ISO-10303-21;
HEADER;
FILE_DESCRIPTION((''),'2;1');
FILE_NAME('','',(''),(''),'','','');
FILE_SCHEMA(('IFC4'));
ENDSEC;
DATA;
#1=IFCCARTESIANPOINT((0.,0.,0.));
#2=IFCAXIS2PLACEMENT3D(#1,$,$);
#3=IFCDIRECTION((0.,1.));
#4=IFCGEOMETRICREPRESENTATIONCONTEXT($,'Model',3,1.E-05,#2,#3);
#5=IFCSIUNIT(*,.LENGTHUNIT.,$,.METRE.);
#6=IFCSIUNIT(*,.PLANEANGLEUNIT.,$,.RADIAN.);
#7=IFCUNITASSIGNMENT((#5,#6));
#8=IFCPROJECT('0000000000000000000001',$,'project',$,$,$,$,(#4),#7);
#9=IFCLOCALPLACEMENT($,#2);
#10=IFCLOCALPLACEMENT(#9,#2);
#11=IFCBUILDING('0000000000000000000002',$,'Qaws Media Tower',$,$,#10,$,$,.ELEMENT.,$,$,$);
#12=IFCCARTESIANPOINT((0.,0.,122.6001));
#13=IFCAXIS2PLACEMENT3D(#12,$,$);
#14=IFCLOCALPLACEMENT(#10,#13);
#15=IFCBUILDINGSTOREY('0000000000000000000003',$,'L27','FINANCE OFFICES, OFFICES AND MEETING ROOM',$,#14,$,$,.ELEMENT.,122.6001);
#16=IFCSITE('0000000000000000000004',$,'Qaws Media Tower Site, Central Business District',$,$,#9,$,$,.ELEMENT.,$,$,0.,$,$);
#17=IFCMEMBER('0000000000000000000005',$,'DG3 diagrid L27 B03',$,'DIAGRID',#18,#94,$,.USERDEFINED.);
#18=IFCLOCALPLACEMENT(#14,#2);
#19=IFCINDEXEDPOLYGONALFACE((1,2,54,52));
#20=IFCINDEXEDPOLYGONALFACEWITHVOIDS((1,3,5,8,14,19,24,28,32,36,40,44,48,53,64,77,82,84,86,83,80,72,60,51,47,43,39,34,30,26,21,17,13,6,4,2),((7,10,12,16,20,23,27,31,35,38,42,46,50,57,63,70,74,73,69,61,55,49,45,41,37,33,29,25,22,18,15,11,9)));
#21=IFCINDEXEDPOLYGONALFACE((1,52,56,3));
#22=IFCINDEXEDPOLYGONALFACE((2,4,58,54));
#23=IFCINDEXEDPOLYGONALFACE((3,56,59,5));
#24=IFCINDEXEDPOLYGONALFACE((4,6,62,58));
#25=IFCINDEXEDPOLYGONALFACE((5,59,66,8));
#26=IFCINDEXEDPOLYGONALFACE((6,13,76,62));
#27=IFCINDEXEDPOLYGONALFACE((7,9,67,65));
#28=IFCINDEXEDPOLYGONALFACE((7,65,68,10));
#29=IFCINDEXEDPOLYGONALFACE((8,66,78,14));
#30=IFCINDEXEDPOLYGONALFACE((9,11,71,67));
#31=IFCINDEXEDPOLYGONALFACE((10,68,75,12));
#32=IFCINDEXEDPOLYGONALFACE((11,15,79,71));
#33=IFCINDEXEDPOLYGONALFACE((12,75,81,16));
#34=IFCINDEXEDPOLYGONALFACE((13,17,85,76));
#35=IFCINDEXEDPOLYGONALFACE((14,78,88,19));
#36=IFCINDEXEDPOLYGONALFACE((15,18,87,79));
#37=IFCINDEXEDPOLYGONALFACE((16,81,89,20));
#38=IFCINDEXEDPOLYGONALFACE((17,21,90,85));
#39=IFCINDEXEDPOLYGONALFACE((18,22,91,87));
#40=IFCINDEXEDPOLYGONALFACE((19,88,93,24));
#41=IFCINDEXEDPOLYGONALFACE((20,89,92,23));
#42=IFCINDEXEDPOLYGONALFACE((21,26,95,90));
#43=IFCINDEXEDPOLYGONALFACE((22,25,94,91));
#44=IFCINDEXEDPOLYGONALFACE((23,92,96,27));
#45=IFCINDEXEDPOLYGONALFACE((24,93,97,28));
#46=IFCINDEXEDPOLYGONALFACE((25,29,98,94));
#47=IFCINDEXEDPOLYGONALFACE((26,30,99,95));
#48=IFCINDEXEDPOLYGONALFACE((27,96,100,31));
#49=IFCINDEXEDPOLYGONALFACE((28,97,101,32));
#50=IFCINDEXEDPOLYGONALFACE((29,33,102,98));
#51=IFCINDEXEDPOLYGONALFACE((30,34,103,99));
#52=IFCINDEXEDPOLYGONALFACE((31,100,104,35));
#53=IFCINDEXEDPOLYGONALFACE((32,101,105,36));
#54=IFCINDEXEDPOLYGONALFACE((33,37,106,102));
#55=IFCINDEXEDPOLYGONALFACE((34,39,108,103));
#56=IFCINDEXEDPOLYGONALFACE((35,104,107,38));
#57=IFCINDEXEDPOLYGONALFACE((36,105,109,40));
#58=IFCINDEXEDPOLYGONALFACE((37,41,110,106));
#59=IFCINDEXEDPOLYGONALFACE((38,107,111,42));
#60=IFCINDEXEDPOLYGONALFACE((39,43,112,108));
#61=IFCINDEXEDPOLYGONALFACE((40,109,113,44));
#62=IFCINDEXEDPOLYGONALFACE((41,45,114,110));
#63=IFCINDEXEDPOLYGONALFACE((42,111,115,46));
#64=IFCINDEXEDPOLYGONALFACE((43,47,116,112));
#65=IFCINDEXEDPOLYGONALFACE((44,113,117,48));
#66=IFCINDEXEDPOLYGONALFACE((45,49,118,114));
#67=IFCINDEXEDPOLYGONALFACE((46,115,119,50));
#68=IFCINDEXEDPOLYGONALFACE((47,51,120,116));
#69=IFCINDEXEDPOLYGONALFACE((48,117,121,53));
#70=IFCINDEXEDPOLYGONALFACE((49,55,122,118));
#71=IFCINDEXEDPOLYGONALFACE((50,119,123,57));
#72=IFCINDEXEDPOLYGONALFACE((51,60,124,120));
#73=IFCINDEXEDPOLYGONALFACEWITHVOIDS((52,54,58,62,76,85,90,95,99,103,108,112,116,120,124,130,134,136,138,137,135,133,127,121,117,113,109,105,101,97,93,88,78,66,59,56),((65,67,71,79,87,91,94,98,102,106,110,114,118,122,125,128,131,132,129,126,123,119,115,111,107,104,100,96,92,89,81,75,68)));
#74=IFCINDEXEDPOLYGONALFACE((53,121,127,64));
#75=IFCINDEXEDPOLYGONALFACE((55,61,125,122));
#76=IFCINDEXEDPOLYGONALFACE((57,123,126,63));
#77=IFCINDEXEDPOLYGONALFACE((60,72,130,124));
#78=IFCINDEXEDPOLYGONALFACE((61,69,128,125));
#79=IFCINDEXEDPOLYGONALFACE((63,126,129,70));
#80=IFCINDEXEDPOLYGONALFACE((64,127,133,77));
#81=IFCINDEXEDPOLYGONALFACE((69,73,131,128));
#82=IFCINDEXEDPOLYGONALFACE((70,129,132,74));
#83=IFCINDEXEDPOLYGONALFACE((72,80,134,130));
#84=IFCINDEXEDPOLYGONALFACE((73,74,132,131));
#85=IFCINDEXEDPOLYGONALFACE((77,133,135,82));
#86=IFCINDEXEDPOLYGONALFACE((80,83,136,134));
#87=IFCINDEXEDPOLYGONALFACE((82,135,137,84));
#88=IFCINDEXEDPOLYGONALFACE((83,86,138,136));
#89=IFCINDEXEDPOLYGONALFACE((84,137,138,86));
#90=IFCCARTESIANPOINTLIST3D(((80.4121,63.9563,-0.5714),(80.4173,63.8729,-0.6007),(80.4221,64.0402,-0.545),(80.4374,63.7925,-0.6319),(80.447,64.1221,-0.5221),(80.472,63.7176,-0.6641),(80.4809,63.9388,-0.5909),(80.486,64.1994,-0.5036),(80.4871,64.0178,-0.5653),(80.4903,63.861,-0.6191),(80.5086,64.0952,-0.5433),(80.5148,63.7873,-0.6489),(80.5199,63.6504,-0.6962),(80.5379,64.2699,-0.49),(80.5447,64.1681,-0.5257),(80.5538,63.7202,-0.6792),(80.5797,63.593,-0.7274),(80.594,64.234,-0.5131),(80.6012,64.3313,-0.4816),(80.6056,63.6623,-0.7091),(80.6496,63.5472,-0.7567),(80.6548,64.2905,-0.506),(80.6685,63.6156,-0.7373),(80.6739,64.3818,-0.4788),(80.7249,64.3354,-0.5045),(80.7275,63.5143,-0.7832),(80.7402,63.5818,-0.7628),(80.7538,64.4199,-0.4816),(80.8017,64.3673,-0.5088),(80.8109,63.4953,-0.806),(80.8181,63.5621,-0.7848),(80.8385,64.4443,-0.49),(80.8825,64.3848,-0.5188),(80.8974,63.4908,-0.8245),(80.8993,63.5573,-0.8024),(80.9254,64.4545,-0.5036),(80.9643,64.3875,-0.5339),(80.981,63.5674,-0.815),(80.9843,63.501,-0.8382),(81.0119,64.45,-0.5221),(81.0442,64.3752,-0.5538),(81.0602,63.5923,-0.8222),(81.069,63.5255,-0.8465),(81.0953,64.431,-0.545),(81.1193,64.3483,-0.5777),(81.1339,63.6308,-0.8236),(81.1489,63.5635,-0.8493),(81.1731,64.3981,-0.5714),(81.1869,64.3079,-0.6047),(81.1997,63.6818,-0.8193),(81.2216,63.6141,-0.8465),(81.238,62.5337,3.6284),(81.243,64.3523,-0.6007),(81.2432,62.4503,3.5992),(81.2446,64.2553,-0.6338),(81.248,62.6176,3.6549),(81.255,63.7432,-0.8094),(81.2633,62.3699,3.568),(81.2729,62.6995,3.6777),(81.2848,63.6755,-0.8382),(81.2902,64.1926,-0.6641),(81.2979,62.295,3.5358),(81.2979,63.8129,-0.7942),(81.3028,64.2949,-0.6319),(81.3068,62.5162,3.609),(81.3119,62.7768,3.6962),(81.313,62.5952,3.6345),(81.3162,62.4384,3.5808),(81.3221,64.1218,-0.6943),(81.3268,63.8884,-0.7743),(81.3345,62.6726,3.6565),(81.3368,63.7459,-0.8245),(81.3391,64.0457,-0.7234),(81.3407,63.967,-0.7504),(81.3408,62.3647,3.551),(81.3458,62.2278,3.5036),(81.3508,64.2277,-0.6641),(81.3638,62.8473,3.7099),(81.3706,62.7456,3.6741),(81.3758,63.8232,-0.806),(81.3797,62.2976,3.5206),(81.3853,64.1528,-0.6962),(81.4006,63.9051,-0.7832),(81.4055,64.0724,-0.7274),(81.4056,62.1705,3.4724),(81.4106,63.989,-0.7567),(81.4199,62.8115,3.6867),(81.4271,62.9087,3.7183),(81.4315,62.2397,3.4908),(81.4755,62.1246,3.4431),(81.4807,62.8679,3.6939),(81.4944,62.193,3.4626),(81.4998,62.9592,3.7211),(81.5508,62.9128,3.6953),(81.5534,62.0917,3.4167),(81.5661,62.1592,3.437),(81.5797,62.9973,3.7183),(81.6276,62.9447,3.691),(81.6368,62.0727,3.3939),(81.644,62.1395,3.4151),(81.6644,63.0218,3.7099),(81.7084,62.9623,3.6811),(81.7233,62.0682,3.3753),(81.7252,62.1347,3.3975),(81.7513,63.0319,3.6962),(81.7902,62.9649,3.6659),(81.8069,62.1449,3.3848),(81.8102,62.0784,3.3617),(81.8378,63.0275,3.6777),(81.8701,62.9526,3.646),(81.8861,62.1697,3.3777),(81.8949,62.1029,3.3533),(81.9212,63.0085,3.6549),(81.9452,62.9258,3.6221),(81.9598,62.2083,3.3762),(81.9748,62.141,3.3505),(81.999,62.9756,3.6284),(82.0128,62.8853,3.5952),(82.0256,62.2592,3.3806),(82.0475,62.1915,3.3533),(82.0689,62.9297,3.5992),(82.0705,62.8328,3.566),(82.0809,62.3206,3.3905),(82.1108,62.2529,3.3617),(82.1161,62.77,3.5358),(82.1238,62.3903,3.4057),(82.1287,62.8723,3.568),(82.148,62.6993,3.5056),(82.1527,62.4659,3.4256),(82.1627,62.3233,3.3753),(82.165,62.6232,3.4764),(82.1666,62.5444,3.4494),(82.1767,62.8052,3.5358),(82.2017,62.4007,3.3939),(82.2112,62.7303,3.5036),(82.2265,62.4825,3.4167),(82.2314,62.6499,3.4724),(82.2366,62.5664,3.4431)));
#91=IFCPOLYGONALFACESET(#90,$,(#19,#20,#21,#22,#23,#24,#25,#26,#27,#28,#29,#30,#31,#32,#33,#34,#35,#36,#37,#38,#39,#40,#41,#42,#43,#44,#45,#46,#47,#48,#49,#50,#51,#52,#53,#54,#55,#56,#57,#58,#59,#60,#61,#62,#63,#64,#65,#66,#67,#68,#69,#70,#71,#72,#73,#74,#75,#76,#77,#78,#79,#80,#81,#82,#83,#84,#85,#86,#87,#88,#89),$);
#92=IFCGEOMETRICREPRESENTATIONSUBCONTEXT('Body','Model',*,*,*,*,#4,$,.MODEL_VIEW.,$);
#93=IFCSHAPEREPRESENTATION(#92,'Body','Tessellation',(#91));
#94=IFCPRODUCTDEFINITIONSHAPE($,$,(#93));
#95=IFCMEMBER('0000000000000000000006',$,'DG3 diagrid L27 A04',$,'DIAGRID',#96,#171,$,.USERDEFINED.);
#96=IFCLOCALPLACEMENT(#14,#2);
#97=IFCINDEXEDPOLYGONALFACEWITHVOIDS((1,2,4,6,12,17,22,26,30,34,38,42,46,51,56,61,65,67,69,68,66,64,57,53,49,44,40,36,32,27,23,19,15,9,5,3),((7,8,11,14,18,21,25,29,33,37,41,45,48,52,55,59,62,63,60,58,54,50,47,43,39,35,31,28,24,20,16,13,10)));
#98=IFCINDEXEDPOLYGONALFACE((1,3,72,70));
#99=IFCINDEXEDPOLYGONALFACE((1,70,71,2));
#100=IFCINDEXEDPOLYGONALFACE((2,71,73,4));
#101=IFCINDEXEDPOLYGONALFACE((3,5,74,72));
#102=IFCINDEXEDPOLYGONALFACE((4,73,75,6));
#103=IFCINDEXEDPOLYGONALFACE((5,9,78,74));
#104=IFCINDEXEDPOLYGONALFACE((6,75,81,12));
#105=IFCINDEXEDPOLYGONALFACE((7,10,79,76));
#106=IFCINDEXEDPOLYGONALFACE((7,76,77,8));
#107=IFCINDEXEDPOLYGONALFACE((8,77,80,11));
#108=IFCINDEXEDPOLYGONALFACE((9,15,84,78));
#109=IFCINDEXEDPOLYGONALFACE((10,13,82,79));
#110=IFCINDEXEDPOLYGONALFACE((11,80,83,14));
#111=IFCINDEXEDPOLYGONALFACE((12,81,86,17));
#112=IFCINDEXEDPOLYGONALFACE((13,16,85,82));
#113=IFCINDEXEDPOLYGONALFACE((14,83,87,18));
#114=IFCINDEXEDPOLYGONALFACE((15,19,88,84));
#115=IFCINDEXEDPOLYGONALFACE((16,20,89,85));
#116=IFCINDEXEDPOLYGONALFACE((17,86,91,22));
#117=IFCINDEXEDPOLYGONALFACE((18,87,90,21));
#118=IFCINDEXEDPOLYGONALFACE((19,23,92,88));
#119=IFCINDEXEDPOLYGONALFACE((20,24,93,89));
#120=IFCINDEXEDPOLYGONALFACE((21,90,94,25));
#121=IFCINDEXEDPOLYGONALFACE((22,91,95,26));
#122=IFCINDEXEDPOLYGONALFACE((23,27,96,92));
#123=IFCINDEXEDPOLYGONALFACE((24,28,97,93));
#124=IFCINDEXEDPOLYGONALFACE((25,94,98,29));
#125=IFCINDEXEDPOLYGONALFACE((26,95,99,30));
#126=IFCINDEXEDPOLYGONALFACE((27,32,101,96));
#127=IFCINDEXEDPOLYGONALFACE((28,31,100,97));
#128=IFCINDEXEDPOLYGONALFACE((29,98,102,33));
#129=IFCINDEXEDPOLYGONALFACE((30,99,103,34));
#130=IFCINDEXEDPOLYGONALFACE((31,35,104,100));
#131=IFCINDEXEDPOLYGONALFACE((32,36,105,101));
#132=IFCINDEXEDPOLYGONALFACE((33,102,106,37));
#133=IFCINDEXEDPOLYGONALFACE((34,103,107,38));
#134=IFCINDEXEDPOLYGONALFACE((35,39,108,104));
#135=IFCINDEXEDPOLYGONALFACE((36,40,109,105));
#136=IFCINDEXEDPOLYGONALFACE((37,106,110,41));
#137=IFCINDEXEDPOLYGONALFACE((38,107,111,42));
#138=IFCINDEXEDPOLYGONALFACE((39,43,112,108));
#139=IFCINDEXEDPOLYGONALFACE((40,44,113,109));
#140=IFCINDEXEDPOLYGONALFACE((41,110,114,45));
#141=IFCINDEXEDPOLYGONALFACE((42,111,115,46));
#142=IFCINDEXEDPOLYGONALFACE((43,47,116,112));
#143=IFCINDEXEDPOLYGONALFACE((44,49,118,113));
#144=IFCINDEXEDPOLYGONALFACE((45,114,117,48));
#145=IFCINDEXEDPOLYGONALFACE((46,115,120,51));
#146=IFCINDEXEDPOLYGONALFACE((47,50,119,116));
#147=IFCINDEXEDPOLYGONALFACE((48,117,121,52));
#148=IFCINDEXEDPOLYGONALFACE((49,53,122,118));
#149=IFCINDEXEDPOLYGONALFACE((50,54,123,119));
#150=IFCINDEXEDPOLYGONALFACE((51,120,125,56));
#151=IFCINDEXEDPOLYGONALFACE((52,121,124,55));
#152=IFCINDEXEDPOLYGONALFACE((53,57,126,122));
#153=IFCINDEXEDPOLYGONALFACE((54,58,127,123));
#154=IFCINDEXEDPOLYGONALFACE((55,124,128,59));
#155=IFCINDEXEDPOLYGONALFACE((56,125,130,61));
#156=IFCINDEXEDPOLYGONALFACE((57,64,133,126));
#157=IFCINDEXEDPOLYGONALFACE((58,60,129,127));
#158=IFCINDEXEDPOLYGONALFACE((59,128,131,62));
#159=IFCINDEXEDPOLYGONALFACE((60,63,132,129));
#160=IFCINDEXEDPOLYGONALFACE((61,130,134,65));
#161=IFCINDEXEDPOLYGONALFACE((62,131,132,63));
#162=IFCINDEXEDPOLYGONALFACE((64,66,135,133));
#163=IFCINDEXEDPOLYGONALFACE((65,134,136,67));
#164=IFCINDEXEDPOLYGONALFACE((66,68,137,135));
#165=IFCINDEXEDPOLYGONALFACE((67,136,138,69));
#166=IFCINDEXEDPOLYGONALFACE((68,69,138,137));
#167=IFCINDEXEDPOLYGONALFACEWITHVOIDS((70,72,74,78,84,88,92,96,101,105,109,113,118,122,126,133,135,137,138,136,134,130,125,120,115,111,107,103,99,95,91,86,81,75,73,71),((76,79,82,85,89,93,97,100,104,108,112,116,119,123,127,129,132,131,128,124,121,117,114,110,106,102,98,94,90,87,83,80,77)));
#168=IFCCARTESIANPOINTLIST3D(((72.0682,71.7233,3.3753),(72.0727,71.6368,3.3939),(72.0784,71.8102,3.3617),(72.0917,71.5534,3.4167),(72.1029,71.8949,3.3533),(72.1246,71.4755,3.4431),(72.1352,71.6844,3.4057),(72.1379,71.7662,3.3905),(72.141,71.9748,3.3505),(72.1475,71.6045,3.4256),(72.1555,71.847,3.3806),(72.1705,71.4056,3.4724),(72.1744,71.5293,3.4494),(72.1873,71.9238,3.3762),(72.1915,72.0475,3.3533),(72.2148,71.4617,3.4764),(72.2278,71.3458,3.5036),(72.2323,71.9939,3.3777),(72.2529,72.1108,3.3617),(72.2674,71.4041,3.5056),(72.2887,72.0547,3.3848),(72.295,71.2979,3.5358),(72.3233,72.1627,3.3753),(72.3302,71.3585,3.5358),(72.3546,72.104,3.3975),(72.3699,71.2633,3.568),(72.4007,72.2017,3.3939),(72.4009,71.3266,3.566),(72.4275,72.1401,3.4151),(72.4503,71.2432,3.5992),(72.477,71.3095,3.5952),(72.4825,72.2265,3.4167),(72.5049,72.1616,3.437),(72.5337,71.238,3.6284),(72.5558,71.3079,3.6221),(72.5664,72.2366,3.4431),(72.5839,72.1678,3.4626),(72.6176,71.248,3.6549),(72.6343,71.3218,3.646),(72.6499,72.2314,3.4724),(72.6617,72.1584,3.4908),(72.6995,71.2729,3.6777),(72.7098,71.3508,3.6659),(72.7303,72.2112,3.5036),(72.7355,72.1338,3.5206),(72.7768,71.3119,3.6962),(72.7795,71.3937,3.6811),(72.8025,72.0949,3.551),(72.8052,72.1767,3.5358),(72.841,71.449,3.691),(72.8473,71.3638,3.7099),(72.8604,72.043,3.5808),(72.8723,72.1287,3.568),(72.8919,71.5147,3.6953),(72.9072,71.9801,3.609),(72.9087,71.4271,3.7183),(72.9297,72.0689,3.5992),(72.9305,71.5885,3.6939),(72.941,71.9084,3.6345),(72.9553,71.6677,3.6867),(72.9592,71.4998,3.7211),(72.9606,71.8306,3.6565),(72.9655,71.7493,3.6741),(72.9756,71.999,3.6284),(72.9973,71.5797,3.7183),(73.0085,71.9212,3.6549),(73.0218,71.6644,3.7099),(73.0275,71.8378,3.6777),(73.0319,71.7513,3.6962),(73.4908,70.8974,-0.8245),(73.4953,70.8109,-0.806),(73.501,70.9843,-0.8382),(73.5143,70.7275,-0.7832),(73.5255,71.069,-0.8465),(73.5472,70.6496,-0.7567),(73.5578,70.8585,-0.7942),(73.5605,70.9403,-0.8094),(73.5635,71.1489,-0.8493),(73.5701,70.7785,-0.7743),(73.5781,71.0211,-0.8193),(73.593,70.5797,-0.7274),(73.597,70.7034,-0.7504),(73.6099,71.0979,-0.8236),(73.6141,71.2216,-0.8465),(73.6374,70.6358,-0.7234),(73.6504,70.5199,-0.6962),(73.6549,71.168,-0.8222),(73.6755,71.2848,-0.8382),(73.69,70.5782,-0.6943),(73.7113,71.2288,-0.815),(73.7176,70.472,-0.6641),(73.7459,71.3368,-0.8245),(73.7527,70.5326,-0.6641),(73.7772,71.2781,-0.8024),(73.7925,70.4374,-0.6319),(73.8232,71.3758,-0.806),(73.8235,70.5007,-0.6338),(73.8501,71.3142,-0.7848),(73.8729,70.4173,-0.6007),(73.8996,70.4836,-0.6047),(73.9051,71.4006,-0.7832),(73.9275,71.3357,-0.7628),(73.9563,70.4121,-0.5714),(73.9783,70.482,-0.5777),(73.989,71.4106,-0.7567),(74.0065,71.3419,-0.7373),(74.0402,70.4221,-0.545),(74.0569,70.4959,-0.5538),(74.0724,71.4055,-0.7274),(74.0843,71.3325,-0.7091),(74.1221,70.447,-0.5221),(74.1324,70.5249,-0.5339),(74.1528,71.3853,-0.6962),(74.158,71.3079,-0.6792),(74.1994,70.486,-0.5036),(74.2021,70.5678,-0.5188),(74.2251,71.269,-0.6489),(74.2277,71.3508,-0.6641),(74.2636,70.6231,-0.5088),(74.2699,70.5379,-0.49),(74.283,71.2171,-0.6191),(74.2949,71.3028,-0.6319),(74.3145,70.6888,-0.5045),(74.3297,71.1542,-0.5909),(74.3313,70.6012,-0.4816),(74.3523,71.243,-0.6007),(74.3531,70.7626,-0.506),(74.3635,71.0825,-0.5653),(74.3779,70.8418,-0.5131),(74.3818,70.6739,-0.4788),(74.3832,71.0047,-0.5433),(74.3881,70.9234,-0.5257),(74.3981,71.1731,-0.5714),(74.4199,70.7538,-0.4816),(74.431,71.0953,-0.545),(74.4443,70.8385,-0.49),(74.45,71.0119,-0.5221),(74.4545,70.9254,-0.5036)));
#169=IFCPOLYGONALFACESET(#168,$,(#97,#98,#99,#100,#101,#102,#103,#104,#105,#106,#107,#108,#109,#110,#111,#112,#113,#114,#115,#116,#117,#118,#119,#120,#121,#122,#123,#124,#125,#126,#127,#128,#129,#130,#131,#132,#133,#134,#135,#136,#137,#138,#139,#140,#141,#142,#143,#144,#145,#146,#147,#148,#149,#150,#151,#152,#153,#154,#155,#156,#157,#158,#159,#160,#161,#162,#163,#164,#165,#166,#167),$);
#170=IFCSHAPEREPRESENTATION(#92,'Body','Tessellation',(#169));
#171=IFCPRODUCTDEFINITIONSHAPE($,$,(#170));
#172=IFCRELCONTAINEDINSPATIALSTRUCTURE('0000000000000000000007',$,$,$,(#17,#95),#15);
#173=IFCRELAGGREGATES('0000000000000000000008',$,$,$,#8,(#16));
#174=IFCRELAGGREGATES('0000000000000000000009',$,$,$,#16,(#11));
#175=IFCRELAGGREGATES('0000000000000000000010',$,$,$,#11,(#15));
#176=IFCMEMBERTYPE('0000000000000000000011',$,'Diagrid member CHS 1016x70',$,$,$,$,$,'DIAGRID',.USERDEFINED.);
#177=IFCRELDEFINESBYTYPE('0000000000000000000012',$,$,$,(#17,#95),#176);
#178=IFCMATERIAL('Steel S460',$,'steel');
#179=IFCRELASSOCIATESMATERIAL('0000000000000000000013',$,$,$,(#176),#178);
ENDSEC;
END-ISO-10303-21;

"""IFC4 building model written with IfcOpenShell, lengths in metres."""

from ifc_helpers import new_model, si_unit, direction, frame, origin, origin_2d, place, context, subcontext, project, spatial, hollow_circle, extrude, material, material_profile, profile_set, type_object, element, save


model = new_model("IFC4")

# Units and contexts
model_context = context("Model", 3, precision=1e-05, world=origin(), true_north=direction((0.0, 1.0)))
body_context = subcontext(model_context, "Body", "Model", "MODEL_VIEW")
ifc_project = project(units=[si_unit("LENGTHUNIT", "METRE"), si_unit("PLANEANGLEUNIT", "RADIAN")], contexts=[model_context])

# Site, building, storey
site_placement = place(None, origin())
site = spatial("IfcSite", under=ifc_project, at=site_placement, Name="Qaws Media Tower Site, Central Business District", CompositionType="ELEMENT", RefElevation=0.0)
building_placement = place(site_placement, origin())
building = spatial("IfcBuilding", under=site, at=building_placement, Name="Qaws Media Tower", CompositionType="ELEMENT")
storey_placement = place(building_placement, frame((0.0, 0.0, 122.6001)))
storey = spatial("IfcBuildingStorey", under=building, at=storey_placement, Name="L27", Description="FINANCE OFFICES, OFFICES AND MEETING ROOM", CompositionType="ELEMENT", Elevation=122.6001)

# Members
ifc_material_1 = material(Name="Steel S460", Category="steel")
ifc_material_profile_1 = material_profile(ifc_material_1, hollow_circle(Radius=0.5081, WallThickness=0.0701, at=origin_2d()), Name="CHS 1016x70")
ifc_profile_set_1 = profile_set([ifc_material_profile_1], Name="Steel S460")
member_type_1 = type_object("IfcMemberType", Name="Diagrid member CHS 1016x70", ElementType="DIAGRID", PredefinedType="USERDEFINED", material=ifc_profile_set_1)
for number, where, z_axis, x_axis, name in (
    (1, (80.9114, 63.9727, -0.6641), (0.183108, -0.315392, 0.931128), (0.864816, 0.502089, 0.0), "DG3 diagrid L27 B03"),
    (2, (73.9727, 70.9114, -0.6641), (-0.315392, 0.183108, 0.931128), (-0.502089, -0.864816, 0.0), "DG3 diagrid L27 A04"),
):
    element("IfcMember", number, at=place(storey_placement, frame(where, z_axis=z_axis, x_axis=x_axis)), inside=storey, type_object=member_type_1, Name=name, ObjectType="DIAGRID", PredefinedType="USERDEFINED", context=body_context, shape_type="SweptSolid", body=[
        extrude(hollow_circle(Radius=0.5081, WallThickness=0.0701, at=origin_2d()), origin(), (0.0, 0.0, 1.0), 4.5105),
    ])

save(model, "model.ifc")
